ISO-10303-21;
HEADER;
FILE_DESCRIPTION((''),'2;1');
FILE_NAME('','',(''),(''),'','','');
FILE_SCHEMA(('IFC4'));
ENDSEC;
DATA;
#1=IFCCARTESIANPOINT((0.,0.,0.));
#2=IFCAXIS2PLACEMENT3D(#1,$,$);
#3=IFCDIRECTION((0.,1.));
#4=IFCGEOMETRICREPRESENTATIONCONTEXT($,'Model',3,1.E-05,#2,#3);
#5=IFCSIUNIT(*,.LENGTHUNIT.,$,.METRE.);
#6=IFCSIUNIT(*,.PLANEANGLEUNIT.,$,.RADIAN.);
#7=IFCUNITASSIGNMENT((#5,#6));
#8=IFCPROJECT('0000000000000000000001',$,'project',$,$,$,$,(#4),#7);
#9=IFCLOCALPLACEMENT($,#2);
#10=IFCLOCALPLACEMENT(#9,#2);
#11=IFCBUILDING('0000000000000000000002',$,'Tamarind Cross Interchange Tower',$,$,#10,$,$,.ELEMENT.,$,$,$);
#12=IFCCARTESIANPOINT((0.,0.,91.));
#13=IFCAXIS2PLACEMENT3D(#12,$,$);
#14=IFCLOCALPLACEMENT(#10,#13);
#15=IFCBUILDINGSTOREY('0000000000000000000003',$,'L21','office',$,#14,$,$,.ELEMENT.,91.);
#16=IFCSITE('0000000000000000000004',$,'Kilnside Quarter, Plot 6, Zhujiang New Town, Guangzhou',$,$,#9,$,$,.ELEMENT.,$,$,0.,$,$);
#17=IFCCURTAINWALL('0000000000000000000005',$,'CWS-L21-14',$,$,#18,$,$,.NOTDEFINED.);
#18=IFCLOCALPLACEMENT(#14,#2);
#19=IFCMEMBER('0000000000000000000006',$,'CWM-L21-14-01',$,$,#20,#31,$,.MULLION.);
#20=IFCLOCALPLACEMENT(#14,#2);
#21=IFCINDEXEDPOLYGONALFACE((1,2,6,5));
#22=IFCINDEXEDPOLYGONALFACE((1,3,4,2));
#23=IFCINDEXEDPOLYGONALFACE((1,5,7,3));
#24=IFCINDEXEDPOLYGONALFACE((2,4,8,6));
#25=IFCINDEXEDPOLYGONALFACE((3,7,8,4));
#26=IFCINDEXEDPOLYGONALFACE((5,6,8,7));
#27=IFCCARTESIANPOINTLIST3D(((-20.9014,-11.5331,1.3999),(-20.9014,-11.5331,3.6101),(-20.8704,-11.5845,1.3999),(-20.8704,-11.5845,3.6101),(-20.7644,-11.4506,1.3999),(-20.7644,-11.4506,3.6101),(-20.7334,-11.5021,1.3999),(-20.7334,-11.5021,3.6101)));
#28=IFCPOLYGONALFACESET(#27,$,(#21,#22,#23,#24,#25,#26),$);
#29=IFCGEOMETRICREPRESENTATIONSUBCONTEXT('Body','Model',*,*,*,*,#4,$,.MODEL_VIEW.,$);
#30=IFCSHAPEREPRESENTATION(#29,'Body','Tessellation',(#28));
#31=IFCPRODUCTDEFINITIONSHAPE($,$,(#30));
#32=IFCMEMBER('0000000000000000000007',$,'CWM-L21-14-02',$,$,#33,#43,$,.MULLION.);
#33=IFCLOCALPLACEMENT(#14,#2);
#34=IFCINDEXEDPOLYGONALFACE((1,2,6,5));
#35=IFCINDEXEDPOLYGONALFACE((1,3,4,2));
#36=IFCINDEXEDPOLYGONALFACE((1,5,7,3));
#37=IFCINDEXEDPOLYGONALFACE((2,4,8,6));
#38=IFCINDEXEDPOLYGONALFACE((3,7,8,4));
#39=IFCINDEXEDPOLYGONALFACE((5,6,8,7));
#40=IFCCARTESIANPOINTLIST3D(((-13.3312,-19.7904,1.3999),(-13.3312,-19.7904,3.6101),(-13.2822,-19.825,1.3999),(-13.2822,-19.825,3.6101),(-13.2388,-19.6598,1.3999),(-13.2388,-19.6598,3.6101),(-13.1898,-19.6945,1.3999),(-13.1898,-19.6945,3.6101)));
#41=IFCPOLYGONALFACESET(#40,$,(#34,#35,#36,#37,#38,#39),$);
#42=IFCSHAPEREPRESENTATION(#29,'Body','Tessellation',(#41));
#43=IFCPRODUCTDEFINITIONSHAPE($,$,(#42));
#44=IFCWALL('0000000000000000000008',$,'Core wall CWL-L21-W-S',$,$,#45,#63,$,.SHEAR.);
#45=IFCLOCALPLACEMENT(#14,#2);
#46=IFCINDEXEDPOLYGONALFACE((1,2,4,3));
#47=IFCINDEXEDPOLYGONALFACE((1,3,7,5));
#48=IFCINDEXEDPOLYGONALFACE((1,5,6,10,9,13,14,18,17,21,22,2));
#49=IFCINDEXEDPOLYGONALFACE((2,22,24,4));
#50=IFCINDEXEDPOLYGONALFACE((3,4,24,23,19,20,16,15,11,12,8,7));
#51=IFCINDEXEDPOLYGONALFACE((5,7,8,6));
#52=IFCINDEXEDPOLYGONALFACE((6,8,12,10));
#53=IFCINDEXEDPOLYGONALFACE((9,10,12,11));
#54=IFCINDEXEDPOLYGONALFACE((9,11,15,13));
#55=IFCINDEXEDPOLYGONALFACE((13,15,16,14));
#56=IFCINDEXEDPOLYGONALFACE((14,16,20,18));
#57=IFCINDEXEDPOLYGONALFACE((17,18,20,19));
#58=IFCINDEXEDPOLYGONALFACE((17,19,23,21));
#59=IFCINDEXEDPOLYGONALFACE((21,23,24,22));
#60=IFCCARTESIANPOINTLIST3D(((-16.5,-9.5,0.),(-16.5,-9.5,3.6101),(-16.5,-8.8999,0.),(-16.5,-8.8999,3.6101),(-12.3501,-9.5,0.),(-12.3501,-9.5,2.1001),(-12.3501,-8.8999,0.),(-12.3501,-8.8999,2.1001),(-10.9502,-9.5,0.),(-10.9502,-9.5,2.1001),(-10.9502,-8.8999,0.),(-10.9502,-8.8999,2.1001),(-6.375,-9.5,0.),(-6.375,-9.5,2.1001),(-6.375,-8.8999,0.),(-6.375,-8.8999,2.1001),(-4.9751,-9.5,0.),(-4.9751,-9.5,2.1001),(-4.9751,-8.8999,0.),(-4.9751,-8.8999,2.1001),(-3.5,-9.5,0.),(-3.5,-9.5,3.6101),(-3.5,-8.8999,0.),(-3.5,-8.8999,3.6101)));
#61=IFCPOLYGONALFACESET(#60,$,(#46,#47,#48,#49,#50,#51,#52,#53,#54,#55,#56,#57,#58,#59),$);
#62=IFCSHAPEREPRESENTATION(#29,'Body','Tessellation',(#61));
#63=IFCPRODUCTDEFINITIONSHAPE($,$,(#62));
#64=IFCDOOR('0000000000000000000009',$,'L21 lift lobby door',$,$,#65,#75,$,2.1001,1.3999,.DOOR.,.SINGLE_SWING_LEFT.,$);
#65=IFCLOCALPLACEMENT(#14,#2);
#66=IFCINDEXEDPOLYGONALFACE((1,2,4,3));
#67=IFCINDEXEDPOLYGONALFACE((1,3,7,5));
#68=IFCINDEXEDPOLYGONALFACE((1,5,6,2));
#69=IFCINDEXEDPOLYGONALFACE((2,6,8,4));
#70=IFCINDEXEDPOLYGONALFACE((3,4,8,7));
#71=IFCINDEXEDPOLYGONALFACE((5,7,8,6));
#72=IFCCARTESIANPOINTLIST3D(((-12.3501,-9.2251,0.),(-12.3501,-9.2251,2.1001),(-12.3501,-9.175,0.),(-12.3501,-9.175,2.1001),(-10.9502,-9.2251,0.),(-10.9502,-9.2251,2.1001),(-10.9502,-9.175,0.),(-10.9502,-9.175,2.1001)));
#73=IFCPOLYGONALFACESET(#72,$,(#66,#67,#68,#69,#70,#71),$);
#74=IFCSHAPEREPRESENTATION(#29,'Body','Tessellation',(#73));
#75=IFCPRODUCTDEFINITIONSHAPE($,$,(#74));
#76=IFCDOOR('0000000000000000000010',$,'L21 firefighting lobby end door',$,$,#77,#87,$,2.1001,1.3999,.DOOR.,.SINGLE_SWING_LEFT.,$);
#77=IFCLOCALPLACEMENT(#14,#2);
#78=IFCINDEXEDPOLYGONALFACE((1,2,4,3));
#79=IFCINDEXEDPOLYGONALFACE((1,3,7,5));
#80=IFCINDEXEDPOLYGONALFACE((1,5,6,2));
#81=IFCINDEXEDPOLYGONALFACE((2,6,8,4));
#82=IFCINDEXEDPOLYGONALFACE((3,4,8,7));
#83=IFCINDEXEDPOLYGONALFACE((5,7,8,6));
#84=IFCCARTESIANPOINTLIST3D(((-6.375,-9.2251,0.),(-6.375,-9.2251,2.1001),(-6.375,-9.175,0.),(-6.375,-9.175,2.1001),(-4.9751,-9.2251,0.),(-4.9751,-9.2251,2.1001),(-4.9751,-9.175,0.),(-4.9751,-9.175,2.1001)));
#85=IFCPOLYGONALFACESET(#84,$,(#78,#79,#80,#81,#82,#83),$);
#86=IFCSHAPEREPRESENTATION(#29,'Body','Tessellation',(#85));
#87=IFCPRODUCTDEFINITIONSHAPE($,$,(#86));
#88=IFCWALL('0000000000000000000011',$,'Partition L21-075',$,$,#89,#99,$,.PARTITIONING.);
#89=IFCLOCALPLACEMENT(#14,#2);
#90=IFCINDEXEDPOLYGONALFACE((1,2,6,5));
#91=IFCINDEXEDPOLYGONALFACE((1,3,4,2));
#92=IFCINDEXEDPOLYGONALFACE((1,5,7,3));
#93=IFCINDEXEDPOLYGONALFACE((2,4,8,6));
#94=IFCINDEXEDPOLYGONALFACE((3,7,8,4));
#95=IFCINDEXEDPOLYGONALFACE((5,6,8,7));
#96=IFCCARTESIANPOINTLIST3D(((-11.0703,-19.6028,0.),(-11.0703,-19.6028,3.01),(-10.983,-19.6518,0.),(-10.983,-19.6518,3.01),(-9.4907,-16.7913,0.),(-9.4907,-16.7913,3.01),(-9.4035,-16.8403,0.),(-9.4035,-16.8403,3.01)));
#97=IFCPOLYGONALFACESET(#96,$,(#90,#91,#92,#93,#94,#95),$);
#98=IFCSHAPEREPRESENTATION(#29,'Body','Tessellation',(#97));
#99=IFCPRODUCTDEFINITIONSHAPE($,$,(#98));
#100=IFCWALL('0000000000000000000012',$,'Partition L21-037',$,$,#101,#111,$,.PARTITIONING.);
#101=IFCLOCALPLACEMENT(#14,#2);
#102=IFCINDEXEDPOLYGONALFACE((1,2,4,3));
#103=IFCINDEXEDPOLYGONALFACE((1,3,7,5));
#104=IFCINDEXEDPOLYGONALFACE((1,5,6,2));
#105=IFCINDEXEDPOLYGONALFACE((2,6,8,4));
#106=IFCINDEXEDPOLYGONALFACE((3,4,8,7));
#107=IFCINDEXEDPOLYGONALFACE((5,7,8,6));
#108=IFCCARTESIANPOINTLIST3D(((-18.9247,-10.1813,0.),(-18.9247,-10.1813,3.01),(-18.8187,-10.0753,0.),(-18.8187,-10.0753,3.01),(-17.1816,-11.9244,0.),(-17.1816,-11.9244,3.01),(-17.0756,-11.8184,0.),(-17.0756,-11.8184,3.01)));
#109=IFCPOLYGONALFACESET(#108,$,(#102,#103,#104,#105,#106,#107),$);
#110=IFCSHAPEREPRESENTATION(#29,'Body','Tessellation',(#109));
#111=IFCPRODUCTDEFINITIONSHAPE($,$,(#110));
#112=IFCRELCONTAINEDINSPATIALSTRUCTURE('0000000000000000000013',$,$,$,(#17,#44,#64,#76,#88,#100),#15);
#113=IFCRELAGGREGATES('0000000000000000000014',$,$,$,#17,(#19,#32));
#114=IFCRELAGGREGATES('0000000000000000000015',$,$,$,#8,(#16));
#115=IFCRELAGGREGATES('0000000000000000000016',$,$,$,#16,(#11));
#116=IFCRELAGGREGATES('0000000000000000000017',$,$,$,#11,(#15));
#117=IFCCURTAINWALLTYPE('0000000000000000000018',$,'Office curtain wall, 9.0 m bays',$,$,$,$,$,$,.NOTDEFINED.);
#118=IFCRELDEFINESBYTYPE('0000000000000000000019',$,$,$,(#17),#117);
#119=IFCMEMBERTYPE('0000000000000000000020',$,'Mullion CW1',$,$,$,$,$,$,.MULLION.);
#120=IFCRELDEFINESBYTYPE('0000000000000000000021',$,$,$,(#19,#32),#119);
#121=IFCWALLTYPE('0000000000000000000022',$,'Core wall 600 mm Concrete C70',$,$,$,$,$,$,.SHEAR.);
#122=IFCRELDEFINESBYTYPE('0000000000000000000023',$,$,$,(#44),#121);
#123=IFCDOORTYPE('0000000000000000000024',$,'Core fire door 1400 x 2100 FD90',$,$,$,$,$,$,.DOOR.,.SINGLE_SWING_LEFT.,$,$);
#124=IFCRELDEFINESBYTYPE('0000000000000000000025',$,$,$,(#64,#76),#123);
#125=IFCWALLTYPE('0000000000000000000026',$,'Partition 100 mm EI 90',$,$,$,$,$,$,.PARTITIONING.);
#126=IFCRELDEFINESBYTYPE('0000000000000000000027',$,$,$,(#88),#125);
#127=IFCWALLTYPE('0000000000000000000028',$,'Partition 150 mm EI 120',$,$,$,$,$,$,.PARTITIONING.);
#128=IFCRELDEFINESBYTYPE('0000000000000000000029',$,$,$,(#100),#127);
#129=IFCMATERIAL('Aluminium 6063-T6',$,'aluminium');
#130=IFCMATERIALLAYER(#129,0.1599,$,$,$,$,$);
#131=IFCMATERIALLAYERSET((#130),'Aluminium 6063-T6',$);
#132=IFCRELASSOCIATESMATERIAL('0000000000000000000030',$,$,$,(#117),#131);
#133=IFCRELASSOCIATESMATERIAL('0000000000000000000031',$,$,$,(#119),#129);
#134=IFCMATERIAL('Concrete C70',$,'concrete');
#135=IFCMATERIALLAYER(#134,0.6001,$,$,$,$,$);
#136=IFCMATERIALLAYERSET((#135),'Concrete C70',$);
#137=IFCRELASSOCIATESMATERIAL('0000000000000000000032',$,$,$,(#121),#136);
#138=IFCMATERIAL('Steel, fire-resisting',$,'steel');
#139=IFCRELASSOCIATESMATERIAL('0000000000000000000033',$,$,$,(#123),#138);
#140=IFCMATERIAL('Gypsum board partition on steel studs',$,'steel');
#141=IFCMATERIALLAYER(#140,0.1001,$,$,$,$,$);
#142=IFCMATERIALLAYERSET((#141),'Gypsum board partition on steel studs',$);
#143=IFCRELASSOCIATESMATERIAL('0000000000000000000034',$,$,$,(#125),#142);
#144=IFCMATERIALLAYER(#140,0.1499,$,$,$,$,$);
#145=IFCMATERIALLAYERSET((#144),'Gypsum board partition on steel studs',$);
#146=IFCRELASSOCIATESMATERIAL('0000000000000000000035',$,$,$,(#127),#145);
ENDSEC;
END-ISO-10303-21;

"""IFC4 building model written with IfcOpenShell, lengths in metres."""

from ifc_helpers import new_model, si_unit, direction, frame, frame_2d, origin, origin_2d, place, context, subcontext, project, spatial, rectangle, extrude, material, layer, layer_set, material_profile, profile_set, type_object, element, fill, aggregate, save


model = new_model("IFC4")

# Units and contexts
model_context = context("Model", 3, precision=1e-05, world=origin(), true_north=direction((0.0, 1.0)))
body_context = subcontext(model_context, "Body", "Model", "MODEL_VIEW")
ifc_project = project(units=[si_unit("LENGTHUNIT", "METRE"), si_unit("PLANEANGLEUNIT", "RADIAN")], contexts=[model_context])

# Site, building, storey
site_placement = place(None, origin())
site = spatial("IfcSite", under=ifc_project, at=site_placement, Name="Kilnside Quarter, Plot 6, Zhujiang New Town, Guangzhou", CompositionType="ELEMENT", RefElevation=0.0)
building_placement = place(site_placement, origin())
building = spatial("IfcBuilding", under=site, at=building_placement, Name="Tamarind Cross Interchange Tower", CompositionType="ELEMENT")
storey_placement = place(building_placement, frame((0.0, 0.0, 91.0)))
storey = spatial("IfcBuildingStorey", under=building, at=storey_placement, Name="L21", Description="office", CompositionType="ELEMENT", Elevation=91.0)

# Curtain wall, members
ifc_material_1 = material(Name="Aluminium 6063-T6", Category="aluminium")
ifc_layer_1 = layer(ifc_material_1, 0.1599)
ifc_layer_set_1 = layer_set([ifc_layer_1], Name="Aluminium 6063-T6")
curtain_wall_type = type_object("IfcCurtainWallType", Name="Office curtain wall, 9.0 m bays", PredefinedType="NOTDEFINED", material=ifc_layer_set_1)
curtain_wall_placement = place(storey_placement, origin())
curtain_wall = element("IfcCurtainWall", 1, at=curtain_wall_placement, inside=storey, type_object=curtain_wall_type, Name="CWS-L21-14", PredefinedType="NOTDEFINED")
ifc_material_profile_1 = material_profile(ifc_material_1, rectangle(XDim=0.0601, YDim=0.1599, at=origin_2d()), Name="Mullion CW1")
ifc_profile_set_1 = profile_set([ifc_material_profile_1], Name="Aluminium 6063-T6")
member_type = type_object("IfcMemberType", Name="Mullion CW1", PredefinedType="MULLION", material=ifc_profile_set_1)
member_1_placement = place(storey_placement, frame((-20.8174, -11.5176, 1.3999), z_axis=(0.0, 0.0, 1.0), x_axis=(0.515577, -0.856843, 0.0)))
member_1 = element("IfcMember", 2, at=member_1_placement, type_object=member_type, Name="CWM-L21-14-01", PredefinedType="MULLION", context=body_context, shape_type="SweptSolid", body=[
    extrude(rectangle(XDim=0.0601, YDim=0.1599, at=origin_2d()), origin(), (0.0, 0.0, 1.0), 2.2102),
])
member_2_placement = place(storey_placement, frame((-13.2605, -19.7424, 1.3999), z_axis=(0.0, 0.0, 1.0), x_axis=(0.816342, -0.577569, 0.0)))
member_2 = element("IfcMember", 3, at=member_2_placement, type_object=member_type, Name="CWM-L21-14-02", PredefinedType="MULLION", context=body_context, shape_type="SweptSolid", body=[
    extrude(rectangle(XDim=0.0601, YDim=0.1599, at=origin_2d()), origin(), (0.0, 0.0, 1.0), 2.2102),
])
aggregate(curtain_wall, [member_1, member_2])

# Wall, openings, doors
ifc_material_2 = material(Name="Concrete C70", Category="concrete")
ifc_layer_2 = layer(ifc_material_2, 0.6001)
ifc_layer_set_2 = layer_set([ifc_layer_2], Name="Concrete C70")
wall_type_1 = type_object("IfcWallType", Name="Core wall 600 mm Concrete C70", PredefinedType="SHEAR", material=ifc_layer_set_2)
wall_1_placement = place(storey_placement, frame((-16.5, -9.2, 0.0), z_axis=(0.0, 0.0, 1.0), x_axis=(1.0, 0.0, 0.0)))
wall_1 = element("IfcWall", 4, at=wall_1_placement, inside=storey, type_object=wall_type_1, Name="Core wall CWL-L21-W-S", PredefinedType="SHEAR", context=body_context, shape_type="SweptSolid", body=[
    extrude(rectangle(XDim=13.0, YDim=0.6001, at=frame_2d((6.5, 0.0))), origin(), (0.0, 0.0, 1.0), 3.6101),
])
opening_1_placement = place(wall_1_placement, frame((4.1499, 0.0, 0.0)))
opening_1 = element("IfcOpeningElement", 5, at=opening_1_placement, cuts=wall_1, PredefinedType="OPENING", context=body_context, shape_type="SweptSolid", body=[
    extrude(rectangle(XDim=1.3999, YDim=2.1001, at=frame_2d((0.7, 1.05))), frame((0.0, 0.3101, 0.0), z_axis=(0.0, -1.0, 0.0), x_axis=(1.0, 0.0, 0.0)), (0.0, 0.0, 1.0), 0.6201),
])
opening_2_placement = place(wall_1_placement, frame((10.125, 0.0, 0.0)))
opening_2 = element("IfcOpeningElement", 6, at=opening_2_placement, cuts=wall_1, PredefinedType="OPENING", context=body_context, shape_type="SweptSolid", body=[
    extrude(rectangle(XDim=1.3999, YDim=2.1001, at=frame_2d((0.7, 1.05))), frame((0.0, 0.3101, 0.0), z_axis=(0.0, -1.0, 0.0), x_axis=(1.0, 0.0, 0.0)), (0.0, 0.0, 1.0), 0.6201),
])
ifc_material_3 = material(Name="Steel, fire-resisting", Category="steel")
door_type_1 = type_object("IfcDoorType", Name="Core fire door 1400 x 2100 FD90", OperationType="SINGLE_SWING_LEFT", PredefinedType="DOOR", material=ifc_material_3)
door_1_placement = place(opening_1_placement, origin())
door_1 = element("IfcDoor", 7, at=door_1_placement, inside=storey, type_object=door_type_1, Name="L21 lift lobby door", OperationType="SINGLE_SWING_LEFT", OverallHeight=2.1001, OverallWidth=1.3999, PredefinedType="DOOR", context=body_context, shape_type="SweptSolid", body=[
    extrude(rectangle(XDim=1.3999, YDim=2.1001, at=frame_2d((0.7, 1.05))), frame((0.0, 0.0249, 0.0), z_axis=(0.0, -1.0, 0.0), x_axis=(1.0, 0.0, 0.0)), (0.0, 0.0, 1.0), 0.05),
])
fill(opening_1, door_1)
door_2_placement = place(opening_2_placement, origin())
door_2 = element("IfcDoor", 8, at=door_2_placement, inside=storey, type_object=door_type_1, Name="L21 firefighting lobby end door", OperationType="SINGLE_SWING_LEFT", OverallHeight=2.1001, OverallWidth=1.3999, PredefinedType="DOOR", context=body_context, shape_type="SweptSolid", body=[
    extrude(rectangle(XDim=1.3999, YDim=2.1001, at=frame_2d((0.7, 1.05))), frame((0.0, 0.0249, 0.0), z_axis=(0.0, -1.0, 0.0), x_axis=(1.0, 0.0, 0.0)), (0.0, 0.0, 1.0), 0.05),
])
fill(opening_2, door_2)

# Walls
ifc_material_4 = material(Name="Gypsum board partition on steel studs", Category="steel")
ifc_layer_3 = layer(ifc_material_4, 0.1001)
ifc_layer_set_3 = layer_set([ifc_layer_3], Name="Gypsum board partition on steel studs")
wall_type_2 = type_object("IfcWallType", Name="Partition 100 mm EI 90", PredefinedType="PARTITIONING", material=ifc_layer_set_3)
wall_2_placement = place(storey_placement, frame((-11.0266, -19.6272, 0.0), z_axis=(0.0, 0.0, 1.0), x_axis=(0.489815, 0.871826, 0.0)))
element("IfcWall", 9, at=wall_2_placement, inside=storey, type_object=wall_type_2, Name="Partition L21-075", PredefinedType="PARTITIONING", context=body_context, shape_type="SweptSolid", body=[
    extrude(rectangle(XDim=3.2249, YDim=0.1001, at=frame_2d((1.6123, 0.0))), origin(), (0.0, 0.0, 1.0), 3.01),
])
ifc_layer_4 = layer(ifc_material_4, 0.1499)
ifc_layer_set_4 = layer_set([ifc_layer_4], Name="Gypsum board partition on steel studs")
wall_type_3 = type_object("IfcWallType", Name="Partition 150 mm EI 120", PredefinedType="PARTITIONING", material=ifc_layer_set_4)
wall_3_placement = place(storey_placement, frame((-18.8716, -10.1284, 0.0), z_axis=(0.0, 0.0, 1.0), x_axis=(0.707107, -0.707107, 0.0)))
element("IfcWall", 10, at=wall_3_placement, inside=storey, type_object=wall_type_3, Name="Partition L21-037", PredefinedType="PARTITIONING", context=body_context, shape_type="SweptSolid", body=[
    extrude(rectangle(XDim=2.4651, YDim=0.1499, at=frame_2d((1.2324, 0.0))), origin(), (0.0, 0.0, 1.0), 3.01),
])

save(model, "model.ifc")
